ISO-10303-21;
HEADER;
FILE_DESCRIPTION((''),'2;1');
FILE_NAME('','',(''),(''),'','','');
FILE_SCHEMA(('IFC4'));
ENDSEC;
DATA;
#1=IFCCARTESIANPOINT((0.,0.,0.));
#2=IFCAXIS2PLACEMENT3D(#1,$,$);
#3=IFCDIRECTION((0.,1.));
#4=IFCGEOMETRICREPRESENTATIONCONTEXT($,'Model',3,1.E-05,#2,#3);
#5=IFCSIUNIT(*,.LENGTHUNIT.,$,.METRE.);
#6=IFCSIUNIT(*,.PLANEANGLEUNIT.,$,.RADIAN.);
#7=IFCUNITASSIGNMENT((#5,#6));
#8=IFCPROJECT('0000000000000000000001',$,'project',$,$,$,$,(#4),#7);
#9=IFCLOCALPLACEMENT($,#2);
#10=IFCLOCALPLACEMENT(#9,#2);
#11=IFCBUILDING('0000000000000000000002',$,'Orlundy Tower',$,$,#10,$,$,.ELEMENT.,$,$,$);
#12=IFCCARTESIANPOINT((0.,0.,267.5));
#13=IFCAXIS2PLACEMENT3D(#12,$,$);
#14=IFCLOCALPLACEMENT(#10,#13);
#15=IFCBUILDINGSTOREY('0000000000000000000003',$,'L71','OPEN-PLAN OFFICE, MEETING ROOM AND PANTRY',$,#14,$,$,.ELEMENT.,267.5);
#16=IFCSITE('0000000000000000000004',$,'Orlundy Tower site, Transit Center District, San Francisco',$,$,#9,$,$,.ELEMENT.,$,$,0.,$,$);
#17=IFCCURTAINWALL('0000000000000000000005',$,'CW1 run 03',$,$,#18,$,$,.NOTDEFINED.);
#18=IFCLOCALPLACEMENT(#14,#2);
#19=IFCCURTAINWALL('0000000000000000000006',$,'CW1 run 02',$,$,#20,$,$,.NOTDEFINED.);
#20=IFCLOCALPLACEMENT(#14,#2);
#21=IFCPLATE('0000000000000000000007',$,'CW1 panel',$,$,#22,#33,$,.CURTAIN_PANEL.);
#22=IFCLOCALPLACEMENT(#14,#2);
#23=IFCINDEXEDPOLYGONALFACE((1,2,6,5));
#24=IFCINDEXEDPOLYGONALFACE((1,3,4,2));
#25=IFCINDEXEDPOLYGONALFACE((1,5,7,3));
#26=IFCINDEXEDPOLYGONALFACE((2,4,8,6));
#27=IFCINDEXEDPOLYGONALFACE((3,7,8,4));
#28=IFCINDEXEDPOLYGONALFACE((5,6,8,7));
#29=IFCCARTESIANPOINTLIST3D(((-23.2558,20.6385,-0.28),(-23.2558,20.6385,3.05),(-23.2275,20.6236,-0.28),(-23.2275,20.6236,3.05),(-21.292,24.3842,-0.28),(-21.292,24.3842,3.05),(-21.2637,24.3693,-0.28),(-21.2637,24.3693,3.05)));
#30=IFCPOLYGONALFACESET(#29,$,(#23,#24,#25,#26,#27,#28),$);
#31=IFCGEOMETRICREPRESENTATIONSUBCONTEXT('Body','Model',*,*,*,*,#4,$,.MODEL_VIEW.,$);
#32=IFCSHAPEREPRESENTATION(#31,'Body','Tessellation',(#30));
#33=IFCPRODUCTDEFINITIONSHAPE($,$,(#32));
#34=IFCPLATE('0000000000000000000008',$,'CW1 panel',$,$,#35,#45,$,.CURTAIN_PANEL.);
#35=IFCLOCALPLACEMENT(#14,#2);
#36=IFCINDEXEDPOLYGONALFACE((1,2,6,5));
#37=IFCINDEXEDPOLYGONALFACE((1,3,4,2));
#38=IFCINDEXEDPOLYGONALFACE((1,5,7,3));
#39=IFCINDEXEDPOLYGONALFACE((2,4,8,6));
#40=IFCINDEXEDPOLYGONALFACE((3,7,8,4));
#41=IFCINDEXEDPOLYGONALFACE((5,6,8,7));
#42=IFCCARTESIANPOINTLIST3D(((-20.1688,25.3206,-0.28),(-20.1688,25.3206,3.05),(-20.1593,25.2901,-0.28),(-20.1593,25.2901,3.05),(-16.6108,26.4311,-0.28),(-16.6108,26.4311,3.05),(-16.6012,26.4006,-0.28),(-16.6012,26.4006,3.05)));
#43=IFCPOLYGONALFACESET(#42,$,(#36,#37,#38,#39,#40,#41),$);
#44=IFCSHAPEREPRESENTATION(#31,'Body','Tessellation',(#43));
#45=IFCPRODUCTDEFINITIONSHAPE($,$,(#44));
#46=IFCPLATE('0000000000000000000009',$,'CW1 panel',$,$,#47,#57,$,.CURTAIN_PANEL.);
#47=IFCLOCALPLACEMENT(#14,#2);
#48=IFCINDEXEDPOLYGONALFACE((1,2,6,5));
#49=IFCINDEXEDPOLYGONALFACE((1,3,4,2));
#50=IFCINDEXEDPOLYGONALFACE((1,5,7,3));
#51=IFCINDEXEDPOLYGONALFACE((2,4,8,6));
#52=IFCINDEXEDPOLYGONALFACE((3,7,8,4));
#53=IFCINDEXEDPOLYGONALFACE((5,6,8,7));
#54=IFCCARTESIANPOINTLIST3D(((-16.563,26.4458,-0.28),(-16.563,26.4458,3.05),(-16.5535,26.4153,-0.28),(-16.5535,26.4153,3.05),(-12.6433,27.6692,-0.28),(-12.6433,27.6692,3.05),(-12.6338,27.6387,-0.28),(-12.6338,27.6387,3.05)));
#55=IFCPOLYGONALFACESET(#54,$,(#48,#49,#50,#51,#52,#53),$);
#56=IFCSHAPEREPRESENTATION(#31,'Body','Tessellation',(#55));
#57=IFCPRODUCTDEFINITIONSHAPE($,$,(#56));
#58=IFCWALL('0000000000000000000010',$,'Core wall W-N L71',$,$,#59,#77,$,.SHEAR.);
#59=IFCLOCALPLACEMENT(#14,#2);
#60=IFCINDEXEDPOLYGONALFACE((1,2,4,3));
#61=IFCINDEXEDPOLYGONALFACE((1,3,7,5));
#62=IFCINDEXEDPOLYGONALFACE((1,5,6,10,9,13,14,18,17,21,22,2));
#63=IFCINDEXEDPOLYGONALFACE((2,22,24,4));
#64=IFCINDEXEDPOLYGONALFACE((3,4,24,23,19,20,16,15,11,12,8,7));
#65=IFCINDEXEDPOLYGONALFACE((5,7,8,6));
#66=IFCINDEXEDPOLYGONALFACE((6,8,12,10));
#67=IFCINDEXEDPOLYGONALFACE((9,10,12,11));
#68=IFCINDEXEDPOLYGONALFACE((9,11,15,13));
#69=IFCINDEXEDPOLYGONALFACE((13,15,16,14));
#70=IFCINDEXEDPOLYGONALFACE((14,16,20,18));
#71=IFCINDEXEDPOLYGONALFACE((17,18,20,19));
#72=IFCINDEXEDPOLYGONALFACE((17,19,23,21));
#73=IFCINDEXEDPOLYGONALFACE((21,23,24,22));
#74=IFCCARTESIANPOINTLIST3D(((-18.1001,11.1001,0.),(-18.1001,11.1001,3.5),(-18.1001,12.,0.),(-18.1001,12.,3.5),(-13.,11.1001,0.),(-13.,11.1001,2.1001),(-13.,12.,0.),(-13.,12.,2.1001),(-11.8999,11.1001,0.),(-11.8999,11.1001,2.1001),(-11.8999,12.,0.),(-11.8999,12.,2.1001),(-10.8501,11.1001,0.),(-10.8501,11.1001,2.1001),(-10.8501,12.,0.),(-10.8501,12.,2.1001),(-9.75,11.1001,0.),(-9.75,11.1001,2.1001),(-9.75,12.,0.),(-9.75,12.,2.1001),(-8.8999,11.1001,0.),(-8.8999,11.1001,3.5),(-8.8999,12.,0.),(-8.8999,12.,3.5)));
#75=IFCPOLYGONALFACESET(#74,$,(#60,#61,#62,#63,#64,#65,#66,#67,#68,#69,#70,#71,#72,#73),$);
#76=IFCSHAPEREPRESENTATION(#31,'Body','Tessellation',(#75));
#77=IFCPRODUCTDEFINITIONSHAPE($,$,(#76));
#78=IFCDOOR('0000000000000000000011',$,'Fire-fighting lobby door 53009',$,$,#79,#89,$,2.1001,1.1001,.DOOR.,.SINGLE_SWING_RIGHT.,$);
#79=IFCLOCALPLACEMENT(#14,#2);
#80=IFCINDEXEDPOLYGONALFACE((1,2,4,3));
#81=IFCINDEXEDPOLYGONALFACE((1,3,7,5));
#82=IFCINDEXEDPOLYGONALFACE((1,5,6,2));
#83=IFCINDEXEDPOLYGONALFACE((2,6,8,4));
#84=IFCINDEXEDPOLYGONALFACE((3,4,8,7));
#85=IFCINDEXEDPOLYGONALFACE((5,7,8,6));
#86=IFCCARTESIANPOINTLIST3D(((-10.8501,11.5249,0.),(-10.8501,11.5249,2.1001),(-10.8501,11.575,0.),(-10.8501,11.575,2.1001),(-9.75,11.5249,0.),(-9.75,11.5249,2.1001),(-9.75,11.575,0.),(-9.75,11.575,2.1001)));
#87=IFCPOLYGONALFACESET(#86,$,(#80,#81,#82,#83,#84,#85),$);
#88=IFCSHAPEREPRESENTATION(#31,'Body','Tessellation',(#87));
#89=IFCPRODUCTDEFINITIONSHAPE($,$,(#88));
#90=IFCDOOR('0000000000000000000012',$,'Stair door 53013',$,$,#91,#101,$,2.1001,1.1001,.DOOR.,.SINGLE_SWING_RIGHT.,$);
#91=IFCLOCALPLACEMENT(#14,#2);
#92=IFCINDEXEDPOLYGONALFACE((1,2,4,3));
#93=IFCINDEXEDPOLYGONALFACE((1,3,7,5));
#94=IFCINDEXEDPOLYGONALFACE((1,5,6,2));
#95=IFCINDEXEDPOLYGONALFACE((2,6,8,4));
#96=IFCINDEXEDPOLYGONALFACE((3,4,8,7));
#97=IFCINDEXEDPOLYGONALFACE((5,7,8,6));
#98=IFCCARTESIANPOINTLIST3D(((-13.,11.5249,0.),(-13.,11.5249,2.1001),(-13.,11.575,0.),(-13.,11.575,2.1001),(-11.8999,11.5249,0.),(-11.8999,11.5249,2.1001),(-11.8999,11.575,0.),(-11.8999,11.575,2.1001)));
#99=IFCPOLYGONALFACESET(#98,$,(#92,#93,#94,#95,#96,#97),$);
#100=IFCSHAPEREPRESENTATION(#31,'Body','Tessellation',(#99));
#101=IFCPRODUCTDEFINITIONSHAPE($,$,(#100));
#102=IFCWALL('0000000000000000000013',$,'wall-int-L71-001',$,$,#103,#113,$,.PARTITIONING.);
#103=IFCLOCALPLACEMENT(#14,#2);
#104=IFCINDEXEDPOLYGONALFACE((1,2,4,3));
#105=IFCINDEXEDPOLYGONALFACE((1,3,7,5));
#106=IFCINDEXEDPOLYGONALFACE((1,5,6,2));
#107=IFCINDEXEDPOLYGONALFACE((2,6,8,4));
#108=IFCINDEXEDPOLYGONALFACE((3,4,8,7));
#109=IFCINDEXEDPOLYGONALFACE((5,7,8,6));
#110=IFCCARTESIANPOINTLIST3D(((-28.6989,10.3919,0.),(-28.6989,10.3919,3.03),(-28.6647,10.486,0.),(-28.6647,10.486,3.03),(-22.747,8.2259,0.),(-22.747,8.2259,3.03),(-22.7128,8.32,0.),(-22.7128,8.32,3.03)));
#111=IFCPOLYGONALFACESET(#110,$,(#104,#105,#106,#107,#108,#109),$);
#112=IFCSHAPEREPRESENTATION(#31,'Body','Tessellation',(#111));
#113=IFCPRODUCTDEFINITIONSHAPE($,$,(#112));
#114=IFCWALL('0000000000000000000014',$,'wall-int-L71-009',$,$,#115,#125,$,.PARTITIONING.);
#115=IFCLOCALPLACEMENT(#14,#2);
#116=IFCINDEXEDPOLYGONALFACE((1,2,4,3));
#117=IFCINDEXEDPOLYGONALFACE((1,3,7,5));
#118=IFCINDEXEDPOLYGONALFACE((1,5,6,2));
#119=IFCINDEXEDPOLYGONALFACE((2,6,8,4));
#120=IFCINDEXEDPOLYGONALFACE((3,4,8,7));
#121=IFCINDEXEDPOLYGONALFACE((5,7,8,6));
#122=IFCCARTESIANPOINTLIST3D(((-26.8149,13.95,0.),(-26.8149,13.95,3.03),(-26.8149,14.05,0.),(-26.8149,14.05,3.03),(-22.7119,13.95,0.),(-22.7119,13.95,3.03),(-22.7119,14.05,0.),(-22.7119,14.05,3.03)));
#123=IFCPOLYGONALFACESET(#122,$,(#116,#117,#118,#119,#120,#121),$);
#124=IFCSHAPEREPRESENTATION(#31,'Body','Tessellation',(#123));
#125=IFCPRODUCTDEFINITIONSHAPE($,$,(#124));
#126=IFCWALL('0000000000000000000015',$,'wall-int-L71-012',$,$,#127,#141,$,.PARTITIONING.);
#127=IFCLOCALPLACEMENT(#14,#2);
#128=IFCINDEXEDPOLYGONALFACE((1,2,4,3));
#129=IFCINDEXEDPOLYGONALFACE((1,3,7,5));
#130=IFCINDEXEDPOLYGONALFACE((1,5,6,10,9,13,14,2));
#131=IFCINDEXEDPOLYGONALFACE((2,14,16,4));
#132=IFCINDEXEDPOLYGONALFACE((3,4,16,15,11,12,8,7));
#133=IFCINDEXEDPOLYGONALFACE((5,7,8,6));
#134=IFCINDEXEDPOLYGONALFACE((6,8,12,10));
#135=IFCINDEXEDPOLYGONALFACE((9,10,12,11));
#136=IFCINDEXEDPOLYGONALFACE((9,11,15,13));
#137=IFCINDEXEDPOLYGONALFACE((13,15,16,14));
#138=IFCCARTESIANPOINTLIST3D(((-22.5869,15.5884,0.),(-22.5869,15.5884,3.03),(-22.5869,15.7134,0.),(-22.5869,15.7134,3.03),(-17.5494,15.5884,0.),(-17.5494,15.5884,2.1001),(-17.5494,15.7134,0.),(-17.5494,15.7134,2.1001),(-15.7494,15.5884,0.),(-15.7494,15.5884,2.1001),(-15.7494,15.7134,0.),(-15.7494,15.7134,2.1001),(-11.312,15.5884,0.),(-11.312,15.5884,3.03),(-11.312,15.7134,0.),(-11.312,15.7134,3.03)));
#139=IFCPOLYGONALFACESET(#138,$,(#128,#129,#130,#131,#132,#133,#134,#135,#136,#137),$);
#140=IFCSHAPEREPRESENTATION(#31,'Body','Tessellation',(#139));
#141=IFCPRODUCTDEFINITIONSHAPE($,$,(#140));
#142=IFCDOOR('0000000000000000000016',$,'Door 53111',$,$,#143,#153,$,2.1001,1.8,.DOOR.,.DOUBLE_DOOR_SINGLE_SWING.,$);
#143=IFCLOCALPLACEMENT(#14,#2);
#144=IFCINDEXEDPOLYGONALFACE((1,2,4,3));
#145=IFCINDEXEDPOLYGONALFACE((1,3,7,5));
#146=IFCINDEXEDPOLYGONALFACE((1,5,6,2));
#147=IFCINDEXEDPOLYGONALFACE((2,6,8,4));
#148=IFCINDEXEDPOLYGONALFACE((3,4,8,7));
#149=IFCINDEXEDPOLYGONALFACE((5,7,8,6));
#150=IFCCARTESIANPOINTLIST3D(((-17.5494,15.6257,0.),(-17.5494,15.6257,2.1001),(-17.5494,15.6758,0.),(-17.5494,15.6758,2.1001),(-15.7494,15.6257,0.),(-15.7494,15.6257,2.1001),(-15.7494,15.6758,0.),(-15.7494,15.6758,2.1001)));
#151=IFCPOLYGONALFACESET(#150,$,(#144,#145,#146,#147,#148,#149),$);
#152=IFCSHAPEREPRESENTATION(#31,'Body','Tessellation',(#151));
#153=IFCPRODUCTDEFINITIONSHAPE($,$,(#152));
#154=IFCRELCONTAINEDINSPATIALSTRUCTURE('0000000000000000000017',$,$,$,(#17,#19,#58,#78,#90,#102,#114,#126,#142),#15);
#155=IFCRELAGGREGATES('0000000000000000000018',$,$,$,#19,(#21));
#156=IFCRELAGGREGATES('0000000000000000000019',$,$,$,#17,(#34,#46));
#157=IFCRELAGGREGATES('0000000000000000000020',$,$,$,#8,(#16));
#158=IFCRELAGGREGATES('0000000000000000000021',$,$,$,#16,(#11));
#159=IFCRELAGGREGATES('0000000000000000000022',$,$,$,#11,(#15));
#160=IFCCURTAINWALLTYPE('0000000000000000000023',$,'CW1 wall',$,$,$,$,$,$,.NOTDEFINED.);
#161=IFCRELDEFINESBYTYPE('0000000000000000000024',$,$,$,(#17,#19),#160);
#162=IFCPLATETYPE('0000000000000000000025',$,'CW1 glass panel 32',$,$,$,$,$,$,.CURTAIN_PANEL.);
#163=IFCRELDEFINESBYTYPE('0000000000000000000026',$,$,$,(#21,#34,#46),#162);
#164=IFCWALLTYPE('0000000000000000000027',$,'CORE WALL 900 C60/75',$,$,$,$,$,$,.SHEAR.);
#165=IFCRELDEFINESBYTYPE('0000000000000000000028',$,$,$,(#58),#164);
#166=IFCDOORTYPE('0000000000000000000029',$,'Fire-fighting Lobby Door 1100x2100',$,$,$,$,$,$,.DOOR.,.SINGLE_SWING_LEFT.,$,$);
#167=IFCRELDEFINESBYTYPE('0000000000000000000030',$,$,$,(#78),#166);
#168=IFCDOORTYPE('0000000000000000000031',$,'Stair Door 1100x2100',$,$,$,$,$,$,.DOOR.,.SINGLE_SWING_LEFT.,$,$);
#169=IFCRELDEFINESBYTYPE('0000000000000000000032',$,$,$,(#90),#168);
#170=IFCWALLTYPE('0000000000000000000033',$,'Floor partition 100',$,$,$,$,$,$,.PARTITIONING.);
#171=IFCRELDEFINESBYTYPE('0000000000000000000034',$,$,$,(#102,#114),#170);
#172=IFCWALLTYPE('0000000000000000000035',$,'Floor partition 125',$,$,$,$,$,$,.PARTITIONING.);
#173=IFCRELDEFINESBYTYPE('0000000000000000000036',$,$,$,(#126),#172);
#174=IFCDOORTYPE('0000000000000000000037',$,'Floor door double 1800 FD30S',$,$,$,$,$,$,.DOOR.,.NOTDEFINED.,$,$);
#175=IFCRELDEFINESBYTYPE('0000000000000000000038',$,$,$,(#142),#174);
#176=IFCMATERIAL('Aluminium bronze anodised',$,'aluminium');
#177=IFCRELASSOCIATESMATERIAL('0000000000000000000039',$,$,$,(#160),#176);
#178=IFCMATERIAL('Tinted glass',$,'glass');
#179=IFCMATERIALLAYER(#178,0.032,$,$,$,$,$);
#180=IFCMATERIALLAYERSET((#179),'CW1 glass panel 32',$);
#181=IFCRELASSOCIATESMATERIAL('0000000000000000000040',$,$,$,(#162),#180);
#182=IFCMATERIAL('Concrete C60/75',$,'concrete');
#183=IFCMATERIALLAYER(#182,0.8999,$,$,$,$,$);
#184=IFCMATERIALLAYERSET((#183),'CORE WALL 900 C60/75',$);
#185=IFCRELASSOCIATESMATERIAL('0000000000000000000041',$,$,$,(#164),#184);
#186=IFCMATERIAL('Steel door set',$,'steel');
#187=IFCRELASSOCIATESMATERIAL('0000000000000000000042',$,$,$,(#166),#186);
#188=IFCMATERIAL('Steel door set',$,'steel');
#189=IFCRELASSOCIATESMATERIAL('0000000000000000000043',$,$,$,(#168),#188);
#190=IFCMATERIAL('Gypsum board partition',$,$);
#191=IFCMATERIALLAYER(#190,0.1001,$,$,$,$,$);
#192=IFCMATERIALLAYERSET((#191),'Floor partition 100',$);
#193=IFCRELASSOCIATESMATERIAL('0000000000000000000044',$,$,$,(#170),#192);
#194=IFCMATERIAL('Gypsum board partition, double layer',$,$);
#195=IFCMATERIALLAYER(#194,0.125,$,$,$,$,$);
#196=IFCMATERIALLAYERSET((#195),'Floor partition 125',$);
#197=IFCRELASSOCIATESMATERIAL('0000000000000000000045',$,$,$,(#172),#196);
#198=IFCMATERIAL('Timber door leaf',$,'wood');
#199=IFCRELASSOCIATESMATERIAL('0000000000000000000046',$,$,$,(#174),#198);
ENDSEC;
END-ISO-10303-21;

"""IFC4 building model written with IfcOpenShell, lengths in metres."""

from ifc_helpers import new_model, si_unit, direction, frame, frame_2d, origin, origin_2d, place, context, subcontext, project, spatial, rectangle, extrude, material, layer, layer_set, type_object, element, fill, aggregate, save


model = new_model("IFC4")

# Units and contexts
model_context = context("Model", 3, precision=1e-05, world=origin(), true_north=direction((0.0, 1.0)))
body_context = subcontext(model_context, "Body", "Model", "MODEL_VIEW")
ifc_project = project(units=[si_unit("LENGTHUNIT", "METRE"), si_unit("PLANEANGLEUNIT", "RADIAN")], contexts=[model_context])

# Site, building, storey
site_placement = place(None, origin())
site = spatial("IfcSite", under=ifc_project, at=site_placement, Name="Orlundy Tower site, Transit Center District, San Francisco", CompositionType="ELEMENT", RefElevation=0.0)
building_placement = place(site_placement, origin())
building = spatial("IfcBuilding", under=site, at=building_placement, Name="Orlundy Tower", CompositionType="ELEMENT")
storey_placement = place(building_placement, frame((0.0, 0.0, 267.5)))
storey = spatial("IfcBuildingStorey", under=building, at=storey_placement, Name="L71", Description="OPEN-PLAN OFFICE, MEETING ROOM AND PANTRY", CompositionType="ELEMENT", Elevation=267.5)

# Curtain wall
ifc_material_1 = material(Name="Aluminium bronze anodised", Category="aluminium")
curtain_wall_type = type_object("IfcCurtainWallType", Name="CW1 wall", PredefinedType="NOTDEFINED", material=ifc_material_1)
curtain_wall_1_placement = place(storey_placement, origin())
curtain_wall_1 = element("IfcCurtainWall", 1, at=curtain_wall_1_placement, inside=storey, type_object=curtain_wall_type, Name="CW1 run 03", PredefinedType="NOTDEFINED")

# Curtain wall
curtain_wall_2_placement = place(storey_placement, origin())
curtain_wall_2 = element("IfcCurtainWall", 2, at=curtain_wall_2_placement, inside=storey, type_object=curtain_wall_type, Name="CW1 run 02", PredefinedType="NOTDEFINED")

# Plates
ifc_material_2 = material(Name="Tinted glass", Category="glass")
ifc_layer_1 = layer(ifc_material_2, 0.032)
ifc_layer_set_1 = layer_set([ifc_layer_1], Name="CW1 glass panel 32")
plate_type = type_object("IfcPlateType", Name="CW1 glass panel 32", PredefinedType="CURTAIN_PANEL", material=ifc_layer_set_1)
plate_1_placement = place(storey_placement, frame((-22.2598, 22.5039, -0.28), z_axis=(0.0, 0.0, 1.0), x_axis=(0.464336, 0.885659, 0.0)))
plate_1 = element("IfcPlate", 3, at=plate_1_placement, type_object=plate_type, Name="CW1 panel", PredefinedType="CURTAIN_PANEL", context=body_context, shape_type="SweptSolid", body=[
    extrude(rectangle(XDim=4.2292, YDim=0.032, at=origin_2d()), origin(), (0.0, 0.0, 1.0), 3.3301),
])
aggregate(curtain_wall_2, [plate_1])
plate_2_placement = place(storey_placement, frame((-18.385, 25.8606, -0.28), z_axis=(0.0, 0.0, 1.0), x_axis=(0.954586, 0.297935, 0.0)))
plate_2 = element("IfcPlate", 4, at=plate_2_placement, type_object=plate_type, Name="CW1 panel", PredefinedType="CURTAIN_PANEL", context=body_context, shape_type="SweptSolid", body=[
    extrude(rectangle(XDim=3.7273, YDim=0.032, at=origin_2d()), origin(), (0.0, 0.0, 1.0), 3.3301),
])
plate_3_placement = place(storey_placement, frame((-14.5984, 27.0422, -0.28), z_axis=(0.0, 0.0, 1.0), x_axis=(0.954586, 0.297935, 0.0)))
plate_3 = element("IfcPlate", 5, at=plate_3_placement, type_object=plate_type, Name="CW1 panel", PredefinedType="CURTAIN_PANEL", context=body_context, shape_type="SweptSolid", body=[
    extrude(rectangle(XDim=4.1062, YDim=0.032, at=origin_2d()), origin(), (0.0, 0.0, 1.0), 3.3301),
])
aggregate(curtain_wall_1, [plate_2, plate_3])

# Wall, openings, doors
ifc_material_3 = material(Name="Concrete C60/75", Category="concrete")
ifc_layer_2 = layer(ifc_material_3, 0.8999)
ifc_layer_set_2 = layer_set([ifc_layer_2], Name="CORE WALL 900 C60/75")
wall_type_1 = type_object("IfcWallType", Name="CORE WALL 900 C60/75", PredefinedType="SHEAR", material=ifc_layer_set_2)
wall_1_placement = place(storey_placement, frame((-18.1001, 11.55, 0.0), z_axis=(0.0, 0.0, 1.0), x_axis=(1.0, 0.0, 0.0)))
wall_1 = element("IfcWall", 6, at=wall_1_placement, inside=storey, type_object=wall_type_1, Name="Core wall W-N L71", PredefinedType="SHEAR", context=body_context, shape_type="SweptSolid", body=[
    extrude(rectangle(XDim=9.2002, YDim=0.8999, at=frame_2d((4.6001, 0.0))), origin(), (0.0, 0.0, 1.0), 3.5),
])
opening_1_placement = place(wall_1_placement, frame((7.25, 0.0, 0.0)))
opening_1 = element("IfcOpeningElement", 7, at=opening_1_placement, cuts=wall_1, PredefinedType="OPENING", context=body_context, shape_type="SweptSolid", body=[
    extrude(rectangle(XDim=1.1001, YDim=2.1001, at=frame_2d((0.55, 1.05))), frame((0.0, 0.46, 0.0), z_axis=(0.0, -1.0, 0.0), x_axis=(1.0, 0.0, 0.0)), (0.0, 0.0, 1.0), 0.9199),
])
opening_2_placement = place(wall_1_placement, frame((5.1001, 0.0, 0.0)))
opening_2 = element("IfcOpeningElement", 8, at=opening_2_placement, cuts=wall_1, PredefinedType="OPENING", context=body_context, shape_type="SweptSolid", body=[
    extrude(rectangle(XDim=1.1001, YDim=2.1001, at=frame_2d((0.55, 1.05))), frame((0.0, 0.46, 0.0), z_axis=(0.0, -1.0, 0.0), x_axis=(1.0, 0.0, 0.0)), (0.0, 0.0, 1.0), 0.9199),
])
ifc_material_4 = material(Name="Steel door set", Category="steel")
door_type_1 = type_object("IfcDoorType", Name="Fire-fighting Lobby Door 1100x2100", OperationType="SINGLE_SWING_LEFT", PredefinedType="DOOR", material=ifc_material_4)
door_1_placement = place(opening_1_placement, origin())
door_1 = element("IfcDoor", 9, at=door_1_placement, inside=storey, type_object=door_type_1, Name="Fire-fighting lobby door 53009", OperationType="SINGLE_SWING_RIGHT", OverallHeight=2.1001, OverallWidth=1.1001, PredefinedType="DOOR", context=body_context, shape_type="SweptSolid", body=[
    extrude(rectangle(XDim=1.1001, YDim=2.1001, at=frame_2d((0.55, 1.05))), frame((0.0, 0.0249, 0.0), z_axis=(0.0, -1.0, 0.0), x_axis=(1.0, 0.0, 0.0)), (0.0, 0.0, 1.0), 0.05),
])
fill(opening_1, door_1)
ifc_material_5 = material(Name="Steel door set", Category="steel")
door_type_2 = type_object("IfcDoorType", Name="Stair Door 1100x2100", OperationType="SINGLE_SWING_LEFT", PredefinedType="DOOR", material=ifc_material_5)
door_2_placement = place(opening_2_placement, origin())
door_2 = element("IfcDoor", 10, at=door_2_placement, inside=storey, type_object=door_type_2, Name="Stair door 53013", OperationType="SINGLE_SWING_RIGHT", OverallHeight=2.1001, OverallWidth=1.1001, PredefinedType="DOOR", context=body_context, shape_type="SweptSolid", body=[
    extrude(rectangle(XDim=1.1001, YDim=2.1001, at=frame_2d((0.55, 1.05))), frame((0.0, 0.0249, 0.0), z_axis=(0.0, -1.0, 0.0), x_axis=(1.0, 0.0, 0.0)), (0.0, 0.0, 1.0), 0.05),
])
fill(opening_2, door_2)

# Walls
ifc_material_6 = material(Name="Gypsum board partition")
ifc_layer_3 = layer(ifc_material_6, 0.1001)
ifc_layer_set_3 = layer_set([ifc_layer_3], Name="Floor partition 100")
wall_type_2 = type_object("IfcWallType", Name="Floor partition 100", PredefinedType="PARTITIONING", material=ifc_layer_set_3)
wall_2_placement = place(storey_placement, frame((-28.6819, 10.439, 0.0), z_axis=(0.0, 0.0, 1.0), x_axis=(0.939708, -0.341978, 0.0)))
element("IfcWall", 11, at=wall_2_placement, inside=storey, type_object=wall_type_2, Name="wall-int-L71-001", PredefinedType="PARTITIONING", context=body_context, shape_type="SweptSolid", body=[
    extrude(rectangle(XDim=6.3337, YDim=0.1001, at=frame_2d((3.167, 0.0))), origin(), (0.0, 0.0, 1.0), 3.03),
])
wall_3_placement = place(storey_placement, frame((-26.8149, 14.0, 0.0), z_axis=(0.0, 0.0, 1.0), x_axis=(1.0, 0.0, 0.0)))
element("IfcWall", 12, at=wall_3_placement, inside=storey, type_object=wall_type_2, Name="wall-int-L71-009", PredefinedType="PARTITIONING", context=body_context, shape_type="SweptSolid", body=[
    extrude(rectangle(XDim=4.103, YDim=0.1001, at=frame_2d((2.0515, 0.0))), origin(), (0.0, 0.0, 1.0), 3.03),
])

# Wall, opening, door
ifc_material_7 = material(Name="Gypsum board partition, double layer")
ifc_layer_4 = layer(ifc_material_7, 0.125)
ifc_layer_set_4 = layer_set([ifc_layer_4], Name="Floor partition 125")
wall_type_3 = type_object("IfcWallType", Name="Floor partition 125", PredefinedType="PARTITIONING", material=ifc_layer_set_4)
wall_4_placement = place(storey_placement, frame((-22.5869, 15.6509, 0.0), z_axis=(0.0, 0.0, 1.0), x_axis=(1.0, 0.0, 0.0)))
wall_4 = element("IfcWall", 13, at=wall_4_placement, inside=storey, type_object=wall_type_3, Name="wall-int-L71-012", PredefinedType="PARTITIONING", context=body_context, shape_type="SweptSolid", body=[
    extrude(rectangle(XDim=11.2749, YDim=0.125, at=frame_2d((5.6375, 0.0))), origin(), (0.0, 0.0, 1.0), 3.03),
])
opening_3_placement = place(wall_4_placement, frame((5.0376, 0.0, 0.0)))
opening_3 = element("IfcOpeningElement", 14, at=opening_3_placement, cuts=wall_4, PredefinedType="OPENING", context=body_context, shape_type="SweptSolid", body=[
    extrude(rectangle(XDim=1.8, YDim=2.1001, at=frame_2d((0.8999, 1.05))), frame((0.0, 0.0725, 0.0), z_axis=(0.0, -1.0, 0.0), x_axis=(1.0, 0.0, 0.0)), (0.0, 0.0, 1.0), 0.145),
])
ifc_material_8 = material(Name="Timber door leaf", Category="wood")
door_type_3 = type_object("IfcDoorType", Name="Floor door double 1800 FD30S", OperationType="NOTDEFINED", PredefinedType="DOOR", material=ifc_material_8)
door_3_placement = place(opening_3_placement, origin())
door_3 = element("IfcDoor", 15, at=door_3_placement, inside=storey, type_object=door_type_3, Name="Door 53111", OperationType="DOUBLE_DOOR_SINGLE_SWING", OverallHeight=2.1001, OverallWidth=1.8, PredefinedType="DOOR", context=body_context, shape_type="SweptSolid", body=[
    extrude(rectangle(XDim=1.8, YDim=2.1001, at=frame_2d((0.8999, 1.05))), frame((0.0, 0.0249, 0.0), z_axis=(0.0, -1.0, 0.0), x_axis=(1.0, 0.0, 0.0)), (0.0, 0.0, 1.0), 0.05),
])
fill(opening_3, door_3)

save(model, "model.ifc")
